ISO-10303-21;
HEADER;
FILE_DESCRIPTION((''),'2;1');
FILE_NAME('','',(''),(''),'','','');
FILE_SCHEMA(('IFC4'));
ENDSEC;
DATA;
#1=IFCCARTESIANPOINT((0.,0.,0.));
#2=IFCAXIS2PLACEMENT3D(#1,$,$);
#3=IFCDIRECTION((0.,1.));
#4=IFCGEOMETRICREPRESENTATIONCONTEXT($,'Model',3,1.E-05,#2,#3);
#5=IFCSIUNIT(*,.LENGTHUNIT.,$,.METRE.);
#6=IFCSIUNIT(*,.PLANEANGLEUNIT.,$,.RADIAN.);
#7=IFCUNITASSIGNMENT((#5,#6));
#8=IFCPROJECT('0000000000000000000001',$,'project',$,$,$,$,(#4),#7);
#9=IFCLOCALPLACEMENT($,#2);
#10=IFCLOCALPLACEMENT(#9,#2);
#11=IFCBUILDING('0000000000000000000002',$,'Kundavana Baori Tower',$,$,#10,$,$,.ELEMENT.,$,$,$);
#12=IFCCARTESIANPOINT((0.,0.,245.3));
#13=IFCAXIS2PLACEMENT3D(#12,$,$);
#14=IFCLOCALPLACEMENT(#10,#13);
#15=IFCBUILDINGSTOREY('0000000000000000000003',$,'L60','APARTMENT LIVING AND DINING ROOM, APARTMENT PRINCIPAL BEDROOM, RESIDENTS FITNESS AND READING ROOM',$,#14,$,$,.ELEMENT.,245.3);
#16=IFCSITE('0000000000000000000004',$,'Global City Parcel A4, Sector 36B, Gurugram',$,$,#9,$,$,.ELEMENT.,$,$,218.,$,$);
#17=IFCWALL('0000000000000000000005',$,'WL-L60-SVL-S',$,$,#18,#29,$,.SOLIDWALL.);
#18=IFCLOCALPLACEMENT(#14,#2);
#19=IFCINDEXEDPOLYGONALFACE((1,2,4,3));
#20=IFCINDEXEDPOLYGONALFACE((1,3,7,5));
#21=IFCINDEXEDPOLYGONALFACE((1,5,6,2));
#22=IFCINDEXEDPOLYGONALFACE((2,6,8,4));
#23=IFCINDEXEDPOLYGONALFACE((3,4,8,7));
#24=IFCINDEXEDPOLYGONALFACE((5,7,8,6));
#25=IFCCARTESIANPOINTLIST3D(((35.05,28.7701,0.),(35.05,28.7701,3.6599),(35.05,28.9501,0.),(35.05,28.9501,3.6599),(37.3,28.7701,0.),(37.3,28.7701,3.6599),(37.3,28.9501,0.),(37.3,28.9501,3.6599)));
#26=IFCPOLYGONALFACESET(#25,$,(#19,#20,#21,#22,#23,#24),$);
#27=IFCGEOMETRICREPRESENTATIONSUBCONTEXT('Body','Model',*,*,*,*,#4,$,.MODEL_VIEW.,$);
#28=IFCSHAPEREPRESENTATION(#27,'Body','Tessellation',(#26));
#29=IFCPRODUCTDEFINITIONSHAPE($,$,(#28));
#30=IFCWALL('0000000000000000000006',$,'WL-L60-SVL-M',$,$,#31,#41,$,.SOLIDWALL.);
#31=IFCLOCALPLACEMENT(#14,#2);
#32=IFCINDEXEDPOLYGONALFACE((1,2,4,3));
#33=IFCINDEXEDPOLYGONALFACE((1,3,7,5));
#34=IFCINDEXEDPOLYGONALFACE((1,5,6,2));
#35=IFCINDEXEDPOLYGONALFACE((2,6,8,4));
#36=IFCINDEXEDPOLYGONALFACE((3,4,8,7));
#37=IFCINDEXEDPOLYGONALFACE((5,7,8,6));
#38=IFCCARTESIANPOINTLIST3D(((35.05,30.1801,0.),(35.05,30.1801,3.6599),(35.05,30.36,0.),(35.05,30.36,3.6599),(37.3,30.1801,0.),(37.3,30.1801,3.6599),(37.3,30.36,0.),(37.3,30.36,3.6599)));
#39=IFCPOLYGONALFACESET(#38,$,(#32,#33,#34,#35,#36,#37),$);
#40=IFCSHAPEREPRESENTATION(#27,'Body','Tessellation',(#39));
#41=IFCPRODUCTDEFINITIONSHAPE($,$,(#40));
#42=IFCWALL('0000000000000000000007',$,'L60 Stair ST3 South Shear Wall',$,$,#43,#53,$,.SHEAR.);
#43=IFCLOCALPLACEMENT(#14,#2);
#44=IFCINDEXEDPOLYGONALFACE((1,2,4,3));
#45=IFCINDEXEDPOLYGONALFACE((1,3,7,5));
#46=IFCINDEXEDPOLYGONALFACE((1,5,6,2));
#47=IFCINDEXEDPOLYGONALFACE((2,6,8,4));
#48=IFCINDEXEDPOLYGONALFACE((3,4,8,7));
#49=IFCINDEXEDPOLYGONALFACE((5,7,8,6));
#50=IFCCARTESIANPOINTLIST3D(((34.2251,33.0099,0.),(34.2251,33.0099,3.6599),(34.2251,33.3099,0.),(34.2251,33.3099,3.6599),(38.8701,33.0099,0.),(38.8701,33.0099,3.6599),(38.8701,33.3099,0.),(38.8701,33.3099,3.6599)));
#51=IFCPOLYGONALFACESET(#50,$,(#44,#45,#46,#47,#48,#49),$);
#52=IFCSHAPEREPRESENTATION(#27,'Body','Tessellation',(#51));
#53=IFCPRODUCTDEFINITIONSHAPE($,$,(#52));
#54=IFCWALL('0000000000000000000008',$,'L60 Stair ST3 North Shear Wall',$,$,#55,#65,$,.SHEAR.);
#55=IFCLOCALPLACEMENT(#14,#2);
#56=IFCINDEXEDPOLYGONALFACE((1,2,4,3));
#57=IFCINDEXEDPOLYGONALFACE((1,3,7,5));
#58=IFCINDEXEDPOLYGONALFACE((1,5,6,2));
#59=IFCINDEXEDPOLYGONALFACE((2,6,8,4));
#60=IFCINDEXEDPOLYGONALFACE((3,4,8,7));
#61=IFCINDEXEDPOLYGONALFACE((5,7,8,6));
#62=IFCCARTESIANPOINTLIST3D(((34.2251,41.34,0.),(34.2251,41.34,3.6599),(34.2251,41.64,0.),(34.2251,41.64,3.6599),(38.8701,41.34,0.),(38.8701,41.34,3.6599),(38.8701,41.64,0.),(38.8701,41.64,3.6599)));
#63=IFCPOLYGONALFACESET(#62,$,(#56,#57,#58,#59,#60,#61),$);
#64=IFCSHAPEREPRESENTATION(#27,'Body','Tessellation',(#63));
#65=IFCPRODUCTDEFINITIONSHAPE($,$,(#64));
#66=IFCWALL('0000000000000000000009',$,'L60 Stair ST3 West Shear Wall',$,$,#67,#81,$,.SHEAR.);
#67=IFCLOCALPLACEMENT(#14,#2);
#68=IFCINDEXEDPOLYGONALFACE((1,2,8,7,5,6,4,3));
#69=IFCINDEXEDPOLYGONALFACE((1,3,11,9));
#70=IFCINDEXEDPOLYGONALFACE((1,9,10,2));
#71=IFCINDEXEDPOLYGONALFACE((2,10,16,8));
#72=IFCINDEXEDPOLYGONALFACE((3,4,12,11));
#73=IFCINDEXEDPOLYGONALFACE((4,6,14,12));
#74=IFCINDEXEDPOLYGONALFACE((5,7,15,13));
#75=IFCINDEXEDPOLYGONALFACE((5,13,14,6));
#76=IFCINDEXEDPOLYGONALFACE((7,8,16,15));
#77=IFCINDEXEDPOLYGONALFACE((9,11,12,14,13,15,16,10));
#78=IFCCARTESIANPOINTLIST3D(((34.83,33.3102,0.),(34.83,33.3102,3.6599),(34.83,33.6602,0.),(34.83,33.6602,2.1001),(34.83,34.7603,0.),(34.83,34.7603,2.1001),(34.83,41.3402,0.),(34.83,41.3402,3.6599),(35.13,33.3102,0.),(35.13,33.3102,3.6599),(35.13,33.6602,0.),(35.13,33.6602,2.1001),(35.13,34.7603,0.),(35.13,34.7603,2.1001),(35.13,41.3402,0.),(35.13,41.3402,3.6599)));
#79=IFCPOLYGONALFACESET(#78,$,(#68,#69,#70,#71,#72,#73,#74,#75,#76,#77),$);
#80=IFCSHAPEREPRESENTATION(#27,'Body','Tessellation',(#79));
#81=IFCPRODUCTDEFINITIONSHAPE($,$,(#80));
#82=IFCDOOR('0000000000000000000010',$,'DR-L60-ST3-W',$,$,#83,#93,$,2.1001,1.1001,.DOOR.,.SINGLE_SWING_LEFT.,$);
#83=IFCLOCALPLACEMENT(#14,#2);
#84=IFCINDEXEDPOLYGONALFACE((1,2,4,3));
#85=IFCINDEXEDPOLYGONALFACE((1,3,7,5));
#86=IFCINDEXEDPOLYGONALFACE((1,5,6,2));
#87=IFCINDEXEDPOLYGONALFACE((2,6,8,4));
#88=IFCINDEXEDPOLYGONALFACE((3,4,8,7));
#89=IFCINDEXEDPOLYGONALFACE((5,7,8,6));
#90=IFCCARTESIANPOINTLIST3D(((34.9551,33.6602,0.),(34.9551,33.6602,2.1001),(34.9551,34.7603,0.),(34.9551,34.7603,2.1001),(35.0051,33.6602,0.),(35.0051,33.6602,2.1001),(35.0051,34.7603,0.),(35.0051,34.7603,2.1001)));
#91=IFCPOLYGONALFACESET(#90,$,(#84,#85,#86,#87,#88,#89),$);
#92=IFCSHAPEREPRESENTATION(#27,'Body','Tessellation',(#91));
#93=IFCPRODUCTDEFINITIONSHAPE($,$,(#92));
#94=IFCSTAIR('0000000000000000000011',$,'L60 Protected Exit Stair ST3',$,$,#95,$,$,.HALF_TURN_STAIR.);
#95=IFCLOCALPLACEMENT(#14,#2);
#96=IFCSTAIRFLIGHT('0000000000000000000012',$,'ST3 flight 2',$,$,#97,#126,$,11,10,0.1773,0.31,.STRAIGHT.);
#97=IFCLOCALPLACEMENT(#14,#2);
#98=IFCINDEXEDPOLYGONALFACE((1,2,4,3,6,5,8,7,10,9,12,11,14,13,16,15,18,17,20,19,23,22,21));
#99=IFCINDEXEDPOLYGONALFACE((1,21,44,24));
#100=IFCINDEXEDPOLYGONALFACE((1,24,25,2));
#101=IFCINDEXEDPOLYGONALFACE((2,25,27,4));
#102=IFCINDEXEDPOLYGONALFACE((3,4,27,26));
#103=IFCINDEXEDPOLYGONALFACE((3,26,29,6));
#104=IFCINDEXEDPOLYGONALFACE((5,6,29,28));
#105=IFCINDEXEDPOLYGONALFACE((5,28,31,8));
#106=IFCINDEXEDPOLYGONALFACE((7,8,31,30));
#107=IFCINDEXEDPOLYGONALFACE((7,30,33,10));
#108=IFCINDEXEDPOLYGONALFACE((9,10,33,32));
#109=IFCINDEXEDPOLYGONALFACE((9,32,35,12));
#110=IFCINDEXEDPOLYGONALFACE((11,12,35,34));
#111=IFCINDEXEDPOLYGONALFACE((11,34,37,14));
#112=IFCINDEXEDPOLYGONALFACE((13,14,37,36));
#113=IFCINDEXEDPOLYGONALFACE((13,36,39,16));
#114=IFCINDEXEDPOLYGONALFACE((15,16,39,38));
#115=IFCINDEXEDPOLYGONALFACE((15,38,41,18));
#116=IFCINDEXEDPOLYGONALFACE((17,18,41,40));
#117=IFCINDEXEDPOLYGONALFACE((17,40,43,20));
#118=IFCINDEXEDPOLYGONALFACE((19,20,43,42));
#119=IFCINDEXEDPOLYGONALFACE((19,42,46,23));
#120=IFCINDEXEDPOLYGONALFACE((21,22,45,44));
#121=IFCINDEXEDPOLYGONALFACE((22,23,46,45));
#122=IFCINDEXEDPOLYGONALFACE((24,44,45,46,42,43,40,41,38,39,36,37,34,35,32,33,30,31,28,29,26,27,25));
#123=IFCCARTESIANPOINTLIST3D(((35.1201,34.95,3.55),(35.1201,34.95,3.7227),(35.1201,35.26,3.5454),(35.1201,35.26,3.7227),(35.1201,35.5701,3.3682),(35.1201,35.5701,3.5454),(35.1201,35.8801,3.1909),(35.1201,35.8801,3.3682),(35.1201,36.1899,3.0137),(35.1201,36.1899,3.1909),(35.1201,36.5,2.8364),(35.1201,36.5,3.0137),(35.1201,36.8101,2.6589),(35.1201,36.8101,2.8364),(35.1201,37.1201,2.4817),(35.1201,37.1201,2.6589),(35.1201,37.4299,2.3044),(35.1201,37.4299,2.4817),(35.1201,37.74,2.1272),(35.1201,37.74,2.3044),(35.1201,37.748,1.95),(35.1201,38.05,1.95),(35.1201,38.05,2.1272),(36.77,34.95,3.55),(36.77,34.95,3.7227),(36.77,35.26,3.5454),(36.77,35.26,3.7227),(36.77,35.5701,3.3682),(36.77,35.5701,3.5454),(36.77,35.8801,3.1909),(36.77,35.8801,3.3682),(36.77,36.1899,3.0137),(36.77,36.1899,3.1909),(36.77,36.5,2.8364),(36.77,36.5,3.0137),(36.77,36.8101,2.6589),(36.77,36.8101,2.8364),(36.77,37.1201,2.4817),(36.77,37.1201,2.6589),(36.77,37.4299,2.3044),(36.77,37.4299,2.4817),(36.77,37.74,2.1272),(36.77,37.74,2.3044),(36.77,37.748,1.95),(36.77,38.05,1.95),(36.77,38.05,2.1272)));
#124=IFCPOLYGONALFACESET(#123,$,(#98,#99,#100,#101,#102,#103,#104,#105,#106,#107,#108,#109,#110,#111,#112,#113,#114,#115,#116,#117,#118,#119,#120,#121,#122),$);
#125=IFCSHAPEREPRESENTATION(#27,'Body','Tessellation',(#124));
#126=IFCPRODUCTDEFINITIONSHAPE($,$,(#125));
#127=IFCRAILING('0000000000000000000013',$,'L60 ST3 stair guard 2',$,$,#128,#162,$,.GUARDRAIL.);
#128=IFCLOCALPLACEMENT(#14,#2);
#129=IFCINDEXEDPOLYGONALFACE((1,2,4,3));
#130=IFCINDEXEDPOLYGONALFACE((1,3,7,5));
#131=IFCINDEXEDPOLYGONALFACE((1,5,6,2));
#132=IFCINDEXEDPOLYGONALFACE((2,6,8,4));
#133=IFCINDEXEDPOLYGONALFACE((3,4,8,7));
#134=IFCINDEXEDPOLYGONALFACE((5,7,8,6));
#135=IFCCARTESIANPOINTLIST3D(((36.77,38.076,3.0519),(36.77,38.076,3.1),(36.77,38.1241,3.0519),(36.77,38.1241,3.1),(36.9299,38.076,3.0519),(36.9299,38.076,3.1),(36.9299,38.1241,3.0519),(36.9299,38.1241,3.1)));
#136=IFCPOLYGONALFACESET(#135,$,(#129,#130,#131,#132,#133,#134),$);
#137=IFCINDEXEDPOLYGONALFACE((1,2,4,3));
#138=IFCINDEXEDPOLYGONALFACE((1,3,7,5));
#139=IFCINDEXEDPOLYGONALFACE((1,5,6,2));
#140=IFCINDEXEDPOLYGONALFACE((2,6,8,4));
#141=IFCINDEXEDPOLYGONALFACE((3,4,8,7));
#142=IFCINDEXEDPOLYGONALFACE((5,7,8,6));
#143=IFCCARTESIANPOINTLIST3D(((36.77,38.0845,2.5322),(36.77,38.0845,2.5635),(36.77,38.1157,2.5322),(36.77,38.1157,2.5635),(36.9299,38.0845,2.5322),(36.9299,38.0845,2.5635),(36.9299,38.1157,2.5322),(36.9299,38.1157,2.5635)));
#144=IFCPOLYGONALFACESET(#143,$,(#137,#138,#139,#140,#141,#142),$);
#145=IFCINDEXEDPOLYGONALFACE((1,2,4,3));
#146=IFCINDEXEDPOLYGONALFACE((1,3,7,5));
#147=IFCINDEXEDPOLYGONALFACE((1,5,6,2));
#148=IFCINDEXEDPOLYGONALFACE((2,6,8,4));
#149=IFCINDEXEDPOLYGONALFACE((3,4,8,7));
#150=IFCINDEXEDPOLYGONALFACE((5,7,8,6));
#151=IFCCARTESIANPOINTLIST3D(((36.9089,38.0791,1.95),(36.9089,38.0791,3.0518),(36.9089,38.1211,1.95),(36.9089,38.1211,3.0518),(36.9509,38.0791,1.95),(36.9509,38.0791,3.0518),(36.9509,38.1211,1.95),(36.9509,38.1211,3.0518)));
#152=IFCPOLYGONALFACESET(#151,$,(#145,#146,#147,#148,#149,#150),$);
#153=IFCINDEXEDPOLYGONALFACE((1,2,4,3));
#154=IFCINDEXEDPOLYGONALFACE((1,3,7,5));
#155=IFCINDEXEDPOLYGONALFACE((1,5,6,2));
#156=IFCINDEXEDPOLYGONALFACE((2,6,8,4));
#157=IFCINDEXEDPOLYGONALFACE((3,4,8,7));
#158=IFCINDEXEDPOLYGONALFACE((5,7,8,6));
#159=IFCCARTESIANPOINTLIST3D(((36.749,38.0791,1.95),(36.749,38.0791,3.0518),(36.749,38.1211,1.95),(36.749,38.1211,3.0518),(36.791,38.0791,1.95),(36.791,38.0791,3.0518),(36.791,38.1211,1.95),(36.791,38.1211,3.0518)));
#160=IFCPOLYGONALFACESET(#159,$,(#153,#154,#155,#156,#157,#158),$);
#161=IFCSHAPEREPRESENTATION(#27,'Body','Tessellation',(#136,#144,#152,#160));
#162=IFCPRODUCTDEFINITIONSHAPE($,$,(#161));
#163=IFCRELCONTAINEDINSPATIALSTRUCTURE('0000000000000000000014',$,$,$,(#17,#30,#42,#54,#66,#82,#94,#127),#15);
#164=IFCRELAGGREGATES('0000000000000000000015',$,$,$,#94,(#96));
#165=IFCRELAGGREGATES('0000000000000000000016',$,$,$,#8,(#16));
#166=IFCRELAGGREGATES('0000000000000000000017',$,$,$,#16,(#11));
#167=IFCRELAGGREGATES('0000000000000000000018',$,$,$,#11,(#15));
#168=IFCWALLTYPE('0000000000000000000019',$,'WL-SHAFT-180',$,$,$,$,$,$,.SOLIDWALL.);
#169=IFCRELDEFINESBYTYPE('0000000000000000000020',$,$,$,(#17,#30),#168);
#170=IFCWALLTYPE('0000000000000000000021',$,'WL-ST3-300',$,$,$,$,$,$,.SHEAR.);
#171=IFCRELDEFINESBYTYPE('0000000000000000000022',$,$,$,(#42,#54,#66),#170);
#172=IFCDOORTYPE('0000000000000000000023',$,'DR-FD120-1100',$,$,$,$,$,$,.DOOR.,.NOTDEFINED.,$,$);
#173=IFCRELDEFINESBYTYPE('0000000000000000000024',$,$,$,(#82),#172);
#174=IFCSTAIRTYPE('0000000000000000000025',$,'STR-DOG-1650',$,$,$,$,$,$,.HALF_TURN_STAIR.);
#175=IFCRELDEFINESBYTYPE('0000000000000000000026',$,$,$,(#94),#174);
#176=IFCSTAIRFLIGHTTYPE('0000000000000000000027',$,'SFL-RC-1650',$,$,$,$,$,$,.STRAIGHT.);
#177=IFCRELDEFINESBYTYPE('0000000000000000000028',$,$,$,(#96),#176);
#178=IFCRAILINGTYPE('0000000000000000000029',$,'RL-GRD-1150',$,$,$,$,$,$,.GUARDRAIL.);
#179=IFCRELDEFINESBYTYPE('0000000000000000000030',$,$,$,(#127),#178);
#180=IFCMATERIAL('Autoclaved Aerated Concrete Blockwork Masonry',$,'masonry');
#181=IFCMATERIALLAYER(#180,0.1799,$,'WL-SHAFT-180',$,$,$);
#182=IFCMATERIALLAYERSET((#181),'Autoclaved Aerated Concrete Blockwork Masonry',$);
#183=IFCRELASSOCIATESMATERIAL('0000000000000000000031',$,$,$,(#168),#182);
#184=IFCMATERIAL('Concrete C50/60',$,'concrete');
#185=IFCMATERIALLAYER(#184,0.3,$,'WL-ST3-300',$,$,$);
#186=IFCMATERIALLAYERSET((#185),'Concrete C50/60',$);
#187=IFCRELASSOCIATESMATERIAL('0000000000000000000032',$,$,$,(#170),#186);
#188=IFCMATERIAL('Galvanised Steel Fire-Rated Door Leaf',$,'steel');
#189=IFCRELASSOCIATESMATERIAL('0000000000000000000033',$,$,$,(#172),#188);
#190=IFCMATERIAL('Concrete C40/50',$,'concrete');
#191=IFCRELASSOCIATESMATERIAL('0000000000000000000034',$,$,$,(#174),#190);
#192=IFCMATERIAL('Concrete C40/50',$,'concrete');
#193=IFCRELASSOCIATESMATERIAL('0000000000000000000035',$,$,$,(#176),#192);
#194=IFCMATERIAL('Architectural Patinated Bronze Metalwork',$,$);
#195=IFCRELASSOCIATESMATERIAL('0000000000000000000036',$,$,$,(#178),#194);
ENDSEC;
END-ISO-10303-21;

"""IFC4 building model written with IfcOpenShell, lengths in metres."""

from ifc_helpers import new_model, si_unit, direction, frame, frame_2d, origin, origin_2d, place, context, subcontext, project, spatial, polyline, rectangle, outline, extrude, material, layer, layer_set, type_object, element, fill, aggregate, save


model = new_model("IFC4")

# Units and contexts
model_context = context("Model", 3, precision=1e-05, world=origin(), true_north=direction((0.0, 1.0)))
body_context = subcontext(model_context, "Body", "Model", "MODEL_VIEW")
ifc_project = project(units=[si_unit("LENGTHUNIT", "METRE"), si_unit("PLANEANGLEUNIT", "RADIAN")], contexts=[model_context])

# Site, building, storey
site_placement = place(None, origin())
site = spatial("IfcSite", under=ifc_project, at=site_placement, Name="Global City Parcel A4, Sector 36B, Gurugram", CompositionType="ELEMENT", RefElevation=218.0)
building_placement = place(site_placement, origin())
building = spatial("IfcBuilding", under=site, at=building_placement, Name="Kundavana Baori Tower", CompositionType="ELEMENT")
storey_placement = place(building_placement, frame((0.0, 0.0, 245.3)))
storey = spatial("IfcBuildingStorey", under=building, at=storey_placement, Name="L60", Description="APARTMENT LIVING AND DINING ROOM, APARTMENT PRINCIPAL BEDROOM, RESIDENTS FITNESS AND READING ROOM", CompositionType="ELEMENT", Elevation=245.3)

# Walls
ifc_material_1 = material(Name="Autoclaved Aerated Concrete Blockwork Masonry", Category="masonry")
ifc_layer_1 = layer(ifc_material_1, 0.1799, Name="WL-SHAFT-180")
ifc_layer_set_1 = layer_set([ifc_layer_1], Name="Autoclaved Aerated Concrete Blockwork Masonry")
wall_type_1 = type_object("IfcWallType", Name="WL-SHAFT-180", PredefinedType="SOLIDWALL", material=ifc_layer_set_1)
for number, where, z_axis, x_axis, name in (
    (1, (35.05, 28.8601, 0.0), (0.0, 0.0, 1.0), (1.0, 0.0, 0.0), "WL-L60-SVL-S"),
    (2, (35.05, 30.27, 0.0), (0.0, 0.0, 1.0), (1.0, 0.0, 0.0), "WL-L60-SVL-M"),
):
    element("IfcWall", number, at=place(storey_placement, frame(where, z_axis=z_axis, x_axis=x_axis)), inside=storey, type_object=wall_type_1, Name=name, PredefinedType="SOLIDWALL", context=body_context, shape_type="SweptSolid", body=[
        extrude(rectangle(XDim=2.25, YDim=0.1799, at=frame_2d((1.125, 0.0))), origin(), (0.0, 0.0, 1.0), 3.6599),
    ])
ifc_material_2 = material(Name="Concrete C50/60", Category="concrete")
ifc_layer_2 = layer(ifc_material_2, 0.3, Name="WL-ST3-300")
ifc_layer_set_2 = layer_set([ifc_layer_2], Name="Concrete C50/60")
wall_type_2 = type_object("IfcWallType", Name="WL-ST3-300", PredefinedType="SHEAR", material=ifc_layer_set_2)
for number, where, z_axis, x_axis, name in (
    (3, (34.2251, 33.1599, 0.0), (0.0, 0.0, 1.0), (1.0, 0.0, 0.0), "L60 Stair ST3 South Shear Wall"),
    (4, (34.2251, 41.49, 0.0), (0.0, 0.0, 1.0), (1.0, 0.0, 0.0), "L60 Stair ST3 North Shear Wall"),
):
    element("IfcWall", number, at=place(storey_placement, frame(where, z_axis=z_axis, x_axis=x_axis)), inside=storey, type_object=wall_type_2, Name=name, PredefinedType="SHEAR", context=body_context, shape_type="SweptSolid", body=[
        extrude(rectangle(XDim=4.645, YDim=0.3, at=frame_2d((2.3225, 0.0))), origin(), (0.0, 0.0, 1.0), 3.6599),
    ])

# Wall, opening, door
wall_1_placement = place(storey_placement, frame((34.98, 33.3101, 0.0), z_axis=(0.0, 0.0, 1.0), x_axis=(0.0, 1.0, 0.0)))
wall_1 = element("IfcWall", 5, at=wall_1_placement, inside=storey, type_object=wall_type_2, Name="L60 Stair ST3 West Shear Wall", PredefinedType="SHEAR", context=body_context, shape_type="SweptSolid", body=[
    extrude(rectangle(XDim=8.03, YDim=0.3, at=frame_2d((4.0151, 0.0))), origin(), (0.0, 0.0, 1.0), 3.6599),
])
opening_1_placement = place(wall_1_placement, frame((0.3501, 0.0, 0.0)))
opening_1 = element("IfcOpeningElement", 6, at=opening_1_placement, cuts=wall_1, PredefinedType="OPENING", context=body_context, shape_type="SweptSolid", body=[
    extrude(rectangle(XDim=1.1001, YDim=2.1001, at=frame_2d((0.55, 1.05))), frame((0.0, 0.1602, 0.0), z_axis=(0.0, -1.0, 0.0), x_axis=(1.0, 0.0, 0.0)), (0.0, 0.0, 1.0), 0.3201),
])
ifc_material_3 = material(Name="Galvanised Steel Fire-Rated Door Leaf", Category="steel")
door_type_1 = type_object("IfcDoorType", Name="DR-FD120-1100", OperationType="NOTDEFINED", PredefinedType="DOOR", material=ifc_material_3)
door_1_placement = place(opening_1_placement, origin())
door_1 = element("IfcDoor", 7, at=door_1_placement, inside=storey, type_object=door_type_1, Name="DR-L60-ST3-W", OperationType="SINGLE_SWING_LEFT", OverallHeight=2.1001, OverallWidth=1.1001, PredefinedType="DOOR", context=body_context, shape_type="SweptSolid", body=[
    extrude(rectangle(XDim=1.1001, YDim=2.1001, at=frame_2d((0.55, 1.05))), frame((0.0, 0.0249, 0.0), z_axis=(0.0, -1.0, 0.0), x_axis=(1.0, 0.0, 0.0)), (0.0, 0.0, 1.0), 0.05),
])
fill(opening_1, door_1)

# Stair, stair flight
ifc_material_4 = material(Name="Concrete C40/50", Category="concrete")
stair_type = type_object("IfcStairType", Name="STR-DOG-1650", PredefinedType="HALF_TURN_STAIR", material=ifc_material_4)
stair_placement = place(storey_placement, origin())
stair = element("IfcStair", 8, at=stair_placement, inside=storey, type_object=stair_type, Name="L60 Protected Exit Stair ST3", PredefinedType="HALF_TURN_STAIR")
ifc_material_5 = material(Name="Concrete C40/50", Category="concrete")
stair_flight_type = type_object("IfcStairFlightType", Name="SFL-RC-1650", PredefinedType="STRAIGHT", material=ifc_material_5)
stair_flight_placement = place(storey_placement, frame((35.9451, 38.05, 1.95), z_axis=(0.0, 0.0, 1.0), x_axis=(0.0, -1.0, 0.0)))
stair_flight = element("IfcStairFlight", 9, at=stair_flight_placement, type_object=stair_flight_type, Name="ST3 flight 2", NumberOfRisers=11, NumberOfTreads=10, PredefinedType="STRAIGHT", RiserHeight=0.1773, TreadLength=0.31, context=body_context, shape_type="SweptSolid", body=[
    extrude(outline(polyline([(0.0, 0.0), (0.0, 0.1772), (0.3101, 0.1772), (0.3101, 0.3545), (0.6201, 0.3545), (0.6201, 0.5317), (0.9299, 0.5317), (0.9299, 0.709), (1.24, 0.709), (1.24, 0.8865), (1.55, 0.8865), (1.55, 1.0637), (1.8601, 1.0637), (1.8601, 1.241), (2.1699, 1.241), (2.1699, 1.4182), (2.48, 1.4182), (2.48, 1.5955), (2.79, 1.5955), (2.79, 1.7727), (3.1001, 1.7727), (3.1001, 1.95), (3.1001, 1.6001), (0.302, 0.0), (0.0, 0.0)])), frame((0.0, 0.825, 0.0), z_axis=(0.0, -1.0, 0.0), x_axis=(1.0, 0.0, 0.0)), (0.0, 0.0, 1.0), 1.6499),
])
aggregate(stair, [stair_flight])

# Railing
ifc_material_6 = material(Name="Architectural Patinated Bronze Metalwork")
railing_type_1 = type_object("IfcRailingType", Name="RL-GRD-1150", PredefinedType="GUARDRAIL", material=ifc_material_6)
railing_1_placement = place(storey_placement, frame((36.9299, 38.1001, 1.95)))
element("IfcRailing", 10, at=railing_1_placement, inside=storey, type_object=railing_type_1, Name="L60 ST3 stair guard 2", PredefinedType="GUARDRAIL", context=body_context, shape_type="SweptSolid", body=[
    extrude(rectangle(XDim=0.0481, YDim=0.0481, at=origin_2d()), frame((0.0, 0.0, 1.126), z_axis=(-1.0, 0.0, 0.0), x_axis=(0.0, -1.0, 0.0)), (0.0, 0.0, 1.0), 0.1599),
    extrude(rectangle(XDim=0.0312, YDim=0.0312, at=origin_2d()), frame((0.0, 0.0, 0.5979), z_axis=(-1.0, 0.0, 0.0), x_axis=(0.0, -1.0, 0.0)), (0.0, 0.0, 1.0), 0.1599),
    extrude(rectangle(XDim=0.042, YDim=0.042, at=origin_2d()), origin(), (0.0, 0.0, 1.0), 1.1018),
    extrude(rectangle(XDim=0.042, YDim=0.042, at=origin_2d()), frame((-0.1599, 0.0, 0.0)), (0.0, 0.0, 1.0), 1.1018),
])

save(model, "model.ifc")
